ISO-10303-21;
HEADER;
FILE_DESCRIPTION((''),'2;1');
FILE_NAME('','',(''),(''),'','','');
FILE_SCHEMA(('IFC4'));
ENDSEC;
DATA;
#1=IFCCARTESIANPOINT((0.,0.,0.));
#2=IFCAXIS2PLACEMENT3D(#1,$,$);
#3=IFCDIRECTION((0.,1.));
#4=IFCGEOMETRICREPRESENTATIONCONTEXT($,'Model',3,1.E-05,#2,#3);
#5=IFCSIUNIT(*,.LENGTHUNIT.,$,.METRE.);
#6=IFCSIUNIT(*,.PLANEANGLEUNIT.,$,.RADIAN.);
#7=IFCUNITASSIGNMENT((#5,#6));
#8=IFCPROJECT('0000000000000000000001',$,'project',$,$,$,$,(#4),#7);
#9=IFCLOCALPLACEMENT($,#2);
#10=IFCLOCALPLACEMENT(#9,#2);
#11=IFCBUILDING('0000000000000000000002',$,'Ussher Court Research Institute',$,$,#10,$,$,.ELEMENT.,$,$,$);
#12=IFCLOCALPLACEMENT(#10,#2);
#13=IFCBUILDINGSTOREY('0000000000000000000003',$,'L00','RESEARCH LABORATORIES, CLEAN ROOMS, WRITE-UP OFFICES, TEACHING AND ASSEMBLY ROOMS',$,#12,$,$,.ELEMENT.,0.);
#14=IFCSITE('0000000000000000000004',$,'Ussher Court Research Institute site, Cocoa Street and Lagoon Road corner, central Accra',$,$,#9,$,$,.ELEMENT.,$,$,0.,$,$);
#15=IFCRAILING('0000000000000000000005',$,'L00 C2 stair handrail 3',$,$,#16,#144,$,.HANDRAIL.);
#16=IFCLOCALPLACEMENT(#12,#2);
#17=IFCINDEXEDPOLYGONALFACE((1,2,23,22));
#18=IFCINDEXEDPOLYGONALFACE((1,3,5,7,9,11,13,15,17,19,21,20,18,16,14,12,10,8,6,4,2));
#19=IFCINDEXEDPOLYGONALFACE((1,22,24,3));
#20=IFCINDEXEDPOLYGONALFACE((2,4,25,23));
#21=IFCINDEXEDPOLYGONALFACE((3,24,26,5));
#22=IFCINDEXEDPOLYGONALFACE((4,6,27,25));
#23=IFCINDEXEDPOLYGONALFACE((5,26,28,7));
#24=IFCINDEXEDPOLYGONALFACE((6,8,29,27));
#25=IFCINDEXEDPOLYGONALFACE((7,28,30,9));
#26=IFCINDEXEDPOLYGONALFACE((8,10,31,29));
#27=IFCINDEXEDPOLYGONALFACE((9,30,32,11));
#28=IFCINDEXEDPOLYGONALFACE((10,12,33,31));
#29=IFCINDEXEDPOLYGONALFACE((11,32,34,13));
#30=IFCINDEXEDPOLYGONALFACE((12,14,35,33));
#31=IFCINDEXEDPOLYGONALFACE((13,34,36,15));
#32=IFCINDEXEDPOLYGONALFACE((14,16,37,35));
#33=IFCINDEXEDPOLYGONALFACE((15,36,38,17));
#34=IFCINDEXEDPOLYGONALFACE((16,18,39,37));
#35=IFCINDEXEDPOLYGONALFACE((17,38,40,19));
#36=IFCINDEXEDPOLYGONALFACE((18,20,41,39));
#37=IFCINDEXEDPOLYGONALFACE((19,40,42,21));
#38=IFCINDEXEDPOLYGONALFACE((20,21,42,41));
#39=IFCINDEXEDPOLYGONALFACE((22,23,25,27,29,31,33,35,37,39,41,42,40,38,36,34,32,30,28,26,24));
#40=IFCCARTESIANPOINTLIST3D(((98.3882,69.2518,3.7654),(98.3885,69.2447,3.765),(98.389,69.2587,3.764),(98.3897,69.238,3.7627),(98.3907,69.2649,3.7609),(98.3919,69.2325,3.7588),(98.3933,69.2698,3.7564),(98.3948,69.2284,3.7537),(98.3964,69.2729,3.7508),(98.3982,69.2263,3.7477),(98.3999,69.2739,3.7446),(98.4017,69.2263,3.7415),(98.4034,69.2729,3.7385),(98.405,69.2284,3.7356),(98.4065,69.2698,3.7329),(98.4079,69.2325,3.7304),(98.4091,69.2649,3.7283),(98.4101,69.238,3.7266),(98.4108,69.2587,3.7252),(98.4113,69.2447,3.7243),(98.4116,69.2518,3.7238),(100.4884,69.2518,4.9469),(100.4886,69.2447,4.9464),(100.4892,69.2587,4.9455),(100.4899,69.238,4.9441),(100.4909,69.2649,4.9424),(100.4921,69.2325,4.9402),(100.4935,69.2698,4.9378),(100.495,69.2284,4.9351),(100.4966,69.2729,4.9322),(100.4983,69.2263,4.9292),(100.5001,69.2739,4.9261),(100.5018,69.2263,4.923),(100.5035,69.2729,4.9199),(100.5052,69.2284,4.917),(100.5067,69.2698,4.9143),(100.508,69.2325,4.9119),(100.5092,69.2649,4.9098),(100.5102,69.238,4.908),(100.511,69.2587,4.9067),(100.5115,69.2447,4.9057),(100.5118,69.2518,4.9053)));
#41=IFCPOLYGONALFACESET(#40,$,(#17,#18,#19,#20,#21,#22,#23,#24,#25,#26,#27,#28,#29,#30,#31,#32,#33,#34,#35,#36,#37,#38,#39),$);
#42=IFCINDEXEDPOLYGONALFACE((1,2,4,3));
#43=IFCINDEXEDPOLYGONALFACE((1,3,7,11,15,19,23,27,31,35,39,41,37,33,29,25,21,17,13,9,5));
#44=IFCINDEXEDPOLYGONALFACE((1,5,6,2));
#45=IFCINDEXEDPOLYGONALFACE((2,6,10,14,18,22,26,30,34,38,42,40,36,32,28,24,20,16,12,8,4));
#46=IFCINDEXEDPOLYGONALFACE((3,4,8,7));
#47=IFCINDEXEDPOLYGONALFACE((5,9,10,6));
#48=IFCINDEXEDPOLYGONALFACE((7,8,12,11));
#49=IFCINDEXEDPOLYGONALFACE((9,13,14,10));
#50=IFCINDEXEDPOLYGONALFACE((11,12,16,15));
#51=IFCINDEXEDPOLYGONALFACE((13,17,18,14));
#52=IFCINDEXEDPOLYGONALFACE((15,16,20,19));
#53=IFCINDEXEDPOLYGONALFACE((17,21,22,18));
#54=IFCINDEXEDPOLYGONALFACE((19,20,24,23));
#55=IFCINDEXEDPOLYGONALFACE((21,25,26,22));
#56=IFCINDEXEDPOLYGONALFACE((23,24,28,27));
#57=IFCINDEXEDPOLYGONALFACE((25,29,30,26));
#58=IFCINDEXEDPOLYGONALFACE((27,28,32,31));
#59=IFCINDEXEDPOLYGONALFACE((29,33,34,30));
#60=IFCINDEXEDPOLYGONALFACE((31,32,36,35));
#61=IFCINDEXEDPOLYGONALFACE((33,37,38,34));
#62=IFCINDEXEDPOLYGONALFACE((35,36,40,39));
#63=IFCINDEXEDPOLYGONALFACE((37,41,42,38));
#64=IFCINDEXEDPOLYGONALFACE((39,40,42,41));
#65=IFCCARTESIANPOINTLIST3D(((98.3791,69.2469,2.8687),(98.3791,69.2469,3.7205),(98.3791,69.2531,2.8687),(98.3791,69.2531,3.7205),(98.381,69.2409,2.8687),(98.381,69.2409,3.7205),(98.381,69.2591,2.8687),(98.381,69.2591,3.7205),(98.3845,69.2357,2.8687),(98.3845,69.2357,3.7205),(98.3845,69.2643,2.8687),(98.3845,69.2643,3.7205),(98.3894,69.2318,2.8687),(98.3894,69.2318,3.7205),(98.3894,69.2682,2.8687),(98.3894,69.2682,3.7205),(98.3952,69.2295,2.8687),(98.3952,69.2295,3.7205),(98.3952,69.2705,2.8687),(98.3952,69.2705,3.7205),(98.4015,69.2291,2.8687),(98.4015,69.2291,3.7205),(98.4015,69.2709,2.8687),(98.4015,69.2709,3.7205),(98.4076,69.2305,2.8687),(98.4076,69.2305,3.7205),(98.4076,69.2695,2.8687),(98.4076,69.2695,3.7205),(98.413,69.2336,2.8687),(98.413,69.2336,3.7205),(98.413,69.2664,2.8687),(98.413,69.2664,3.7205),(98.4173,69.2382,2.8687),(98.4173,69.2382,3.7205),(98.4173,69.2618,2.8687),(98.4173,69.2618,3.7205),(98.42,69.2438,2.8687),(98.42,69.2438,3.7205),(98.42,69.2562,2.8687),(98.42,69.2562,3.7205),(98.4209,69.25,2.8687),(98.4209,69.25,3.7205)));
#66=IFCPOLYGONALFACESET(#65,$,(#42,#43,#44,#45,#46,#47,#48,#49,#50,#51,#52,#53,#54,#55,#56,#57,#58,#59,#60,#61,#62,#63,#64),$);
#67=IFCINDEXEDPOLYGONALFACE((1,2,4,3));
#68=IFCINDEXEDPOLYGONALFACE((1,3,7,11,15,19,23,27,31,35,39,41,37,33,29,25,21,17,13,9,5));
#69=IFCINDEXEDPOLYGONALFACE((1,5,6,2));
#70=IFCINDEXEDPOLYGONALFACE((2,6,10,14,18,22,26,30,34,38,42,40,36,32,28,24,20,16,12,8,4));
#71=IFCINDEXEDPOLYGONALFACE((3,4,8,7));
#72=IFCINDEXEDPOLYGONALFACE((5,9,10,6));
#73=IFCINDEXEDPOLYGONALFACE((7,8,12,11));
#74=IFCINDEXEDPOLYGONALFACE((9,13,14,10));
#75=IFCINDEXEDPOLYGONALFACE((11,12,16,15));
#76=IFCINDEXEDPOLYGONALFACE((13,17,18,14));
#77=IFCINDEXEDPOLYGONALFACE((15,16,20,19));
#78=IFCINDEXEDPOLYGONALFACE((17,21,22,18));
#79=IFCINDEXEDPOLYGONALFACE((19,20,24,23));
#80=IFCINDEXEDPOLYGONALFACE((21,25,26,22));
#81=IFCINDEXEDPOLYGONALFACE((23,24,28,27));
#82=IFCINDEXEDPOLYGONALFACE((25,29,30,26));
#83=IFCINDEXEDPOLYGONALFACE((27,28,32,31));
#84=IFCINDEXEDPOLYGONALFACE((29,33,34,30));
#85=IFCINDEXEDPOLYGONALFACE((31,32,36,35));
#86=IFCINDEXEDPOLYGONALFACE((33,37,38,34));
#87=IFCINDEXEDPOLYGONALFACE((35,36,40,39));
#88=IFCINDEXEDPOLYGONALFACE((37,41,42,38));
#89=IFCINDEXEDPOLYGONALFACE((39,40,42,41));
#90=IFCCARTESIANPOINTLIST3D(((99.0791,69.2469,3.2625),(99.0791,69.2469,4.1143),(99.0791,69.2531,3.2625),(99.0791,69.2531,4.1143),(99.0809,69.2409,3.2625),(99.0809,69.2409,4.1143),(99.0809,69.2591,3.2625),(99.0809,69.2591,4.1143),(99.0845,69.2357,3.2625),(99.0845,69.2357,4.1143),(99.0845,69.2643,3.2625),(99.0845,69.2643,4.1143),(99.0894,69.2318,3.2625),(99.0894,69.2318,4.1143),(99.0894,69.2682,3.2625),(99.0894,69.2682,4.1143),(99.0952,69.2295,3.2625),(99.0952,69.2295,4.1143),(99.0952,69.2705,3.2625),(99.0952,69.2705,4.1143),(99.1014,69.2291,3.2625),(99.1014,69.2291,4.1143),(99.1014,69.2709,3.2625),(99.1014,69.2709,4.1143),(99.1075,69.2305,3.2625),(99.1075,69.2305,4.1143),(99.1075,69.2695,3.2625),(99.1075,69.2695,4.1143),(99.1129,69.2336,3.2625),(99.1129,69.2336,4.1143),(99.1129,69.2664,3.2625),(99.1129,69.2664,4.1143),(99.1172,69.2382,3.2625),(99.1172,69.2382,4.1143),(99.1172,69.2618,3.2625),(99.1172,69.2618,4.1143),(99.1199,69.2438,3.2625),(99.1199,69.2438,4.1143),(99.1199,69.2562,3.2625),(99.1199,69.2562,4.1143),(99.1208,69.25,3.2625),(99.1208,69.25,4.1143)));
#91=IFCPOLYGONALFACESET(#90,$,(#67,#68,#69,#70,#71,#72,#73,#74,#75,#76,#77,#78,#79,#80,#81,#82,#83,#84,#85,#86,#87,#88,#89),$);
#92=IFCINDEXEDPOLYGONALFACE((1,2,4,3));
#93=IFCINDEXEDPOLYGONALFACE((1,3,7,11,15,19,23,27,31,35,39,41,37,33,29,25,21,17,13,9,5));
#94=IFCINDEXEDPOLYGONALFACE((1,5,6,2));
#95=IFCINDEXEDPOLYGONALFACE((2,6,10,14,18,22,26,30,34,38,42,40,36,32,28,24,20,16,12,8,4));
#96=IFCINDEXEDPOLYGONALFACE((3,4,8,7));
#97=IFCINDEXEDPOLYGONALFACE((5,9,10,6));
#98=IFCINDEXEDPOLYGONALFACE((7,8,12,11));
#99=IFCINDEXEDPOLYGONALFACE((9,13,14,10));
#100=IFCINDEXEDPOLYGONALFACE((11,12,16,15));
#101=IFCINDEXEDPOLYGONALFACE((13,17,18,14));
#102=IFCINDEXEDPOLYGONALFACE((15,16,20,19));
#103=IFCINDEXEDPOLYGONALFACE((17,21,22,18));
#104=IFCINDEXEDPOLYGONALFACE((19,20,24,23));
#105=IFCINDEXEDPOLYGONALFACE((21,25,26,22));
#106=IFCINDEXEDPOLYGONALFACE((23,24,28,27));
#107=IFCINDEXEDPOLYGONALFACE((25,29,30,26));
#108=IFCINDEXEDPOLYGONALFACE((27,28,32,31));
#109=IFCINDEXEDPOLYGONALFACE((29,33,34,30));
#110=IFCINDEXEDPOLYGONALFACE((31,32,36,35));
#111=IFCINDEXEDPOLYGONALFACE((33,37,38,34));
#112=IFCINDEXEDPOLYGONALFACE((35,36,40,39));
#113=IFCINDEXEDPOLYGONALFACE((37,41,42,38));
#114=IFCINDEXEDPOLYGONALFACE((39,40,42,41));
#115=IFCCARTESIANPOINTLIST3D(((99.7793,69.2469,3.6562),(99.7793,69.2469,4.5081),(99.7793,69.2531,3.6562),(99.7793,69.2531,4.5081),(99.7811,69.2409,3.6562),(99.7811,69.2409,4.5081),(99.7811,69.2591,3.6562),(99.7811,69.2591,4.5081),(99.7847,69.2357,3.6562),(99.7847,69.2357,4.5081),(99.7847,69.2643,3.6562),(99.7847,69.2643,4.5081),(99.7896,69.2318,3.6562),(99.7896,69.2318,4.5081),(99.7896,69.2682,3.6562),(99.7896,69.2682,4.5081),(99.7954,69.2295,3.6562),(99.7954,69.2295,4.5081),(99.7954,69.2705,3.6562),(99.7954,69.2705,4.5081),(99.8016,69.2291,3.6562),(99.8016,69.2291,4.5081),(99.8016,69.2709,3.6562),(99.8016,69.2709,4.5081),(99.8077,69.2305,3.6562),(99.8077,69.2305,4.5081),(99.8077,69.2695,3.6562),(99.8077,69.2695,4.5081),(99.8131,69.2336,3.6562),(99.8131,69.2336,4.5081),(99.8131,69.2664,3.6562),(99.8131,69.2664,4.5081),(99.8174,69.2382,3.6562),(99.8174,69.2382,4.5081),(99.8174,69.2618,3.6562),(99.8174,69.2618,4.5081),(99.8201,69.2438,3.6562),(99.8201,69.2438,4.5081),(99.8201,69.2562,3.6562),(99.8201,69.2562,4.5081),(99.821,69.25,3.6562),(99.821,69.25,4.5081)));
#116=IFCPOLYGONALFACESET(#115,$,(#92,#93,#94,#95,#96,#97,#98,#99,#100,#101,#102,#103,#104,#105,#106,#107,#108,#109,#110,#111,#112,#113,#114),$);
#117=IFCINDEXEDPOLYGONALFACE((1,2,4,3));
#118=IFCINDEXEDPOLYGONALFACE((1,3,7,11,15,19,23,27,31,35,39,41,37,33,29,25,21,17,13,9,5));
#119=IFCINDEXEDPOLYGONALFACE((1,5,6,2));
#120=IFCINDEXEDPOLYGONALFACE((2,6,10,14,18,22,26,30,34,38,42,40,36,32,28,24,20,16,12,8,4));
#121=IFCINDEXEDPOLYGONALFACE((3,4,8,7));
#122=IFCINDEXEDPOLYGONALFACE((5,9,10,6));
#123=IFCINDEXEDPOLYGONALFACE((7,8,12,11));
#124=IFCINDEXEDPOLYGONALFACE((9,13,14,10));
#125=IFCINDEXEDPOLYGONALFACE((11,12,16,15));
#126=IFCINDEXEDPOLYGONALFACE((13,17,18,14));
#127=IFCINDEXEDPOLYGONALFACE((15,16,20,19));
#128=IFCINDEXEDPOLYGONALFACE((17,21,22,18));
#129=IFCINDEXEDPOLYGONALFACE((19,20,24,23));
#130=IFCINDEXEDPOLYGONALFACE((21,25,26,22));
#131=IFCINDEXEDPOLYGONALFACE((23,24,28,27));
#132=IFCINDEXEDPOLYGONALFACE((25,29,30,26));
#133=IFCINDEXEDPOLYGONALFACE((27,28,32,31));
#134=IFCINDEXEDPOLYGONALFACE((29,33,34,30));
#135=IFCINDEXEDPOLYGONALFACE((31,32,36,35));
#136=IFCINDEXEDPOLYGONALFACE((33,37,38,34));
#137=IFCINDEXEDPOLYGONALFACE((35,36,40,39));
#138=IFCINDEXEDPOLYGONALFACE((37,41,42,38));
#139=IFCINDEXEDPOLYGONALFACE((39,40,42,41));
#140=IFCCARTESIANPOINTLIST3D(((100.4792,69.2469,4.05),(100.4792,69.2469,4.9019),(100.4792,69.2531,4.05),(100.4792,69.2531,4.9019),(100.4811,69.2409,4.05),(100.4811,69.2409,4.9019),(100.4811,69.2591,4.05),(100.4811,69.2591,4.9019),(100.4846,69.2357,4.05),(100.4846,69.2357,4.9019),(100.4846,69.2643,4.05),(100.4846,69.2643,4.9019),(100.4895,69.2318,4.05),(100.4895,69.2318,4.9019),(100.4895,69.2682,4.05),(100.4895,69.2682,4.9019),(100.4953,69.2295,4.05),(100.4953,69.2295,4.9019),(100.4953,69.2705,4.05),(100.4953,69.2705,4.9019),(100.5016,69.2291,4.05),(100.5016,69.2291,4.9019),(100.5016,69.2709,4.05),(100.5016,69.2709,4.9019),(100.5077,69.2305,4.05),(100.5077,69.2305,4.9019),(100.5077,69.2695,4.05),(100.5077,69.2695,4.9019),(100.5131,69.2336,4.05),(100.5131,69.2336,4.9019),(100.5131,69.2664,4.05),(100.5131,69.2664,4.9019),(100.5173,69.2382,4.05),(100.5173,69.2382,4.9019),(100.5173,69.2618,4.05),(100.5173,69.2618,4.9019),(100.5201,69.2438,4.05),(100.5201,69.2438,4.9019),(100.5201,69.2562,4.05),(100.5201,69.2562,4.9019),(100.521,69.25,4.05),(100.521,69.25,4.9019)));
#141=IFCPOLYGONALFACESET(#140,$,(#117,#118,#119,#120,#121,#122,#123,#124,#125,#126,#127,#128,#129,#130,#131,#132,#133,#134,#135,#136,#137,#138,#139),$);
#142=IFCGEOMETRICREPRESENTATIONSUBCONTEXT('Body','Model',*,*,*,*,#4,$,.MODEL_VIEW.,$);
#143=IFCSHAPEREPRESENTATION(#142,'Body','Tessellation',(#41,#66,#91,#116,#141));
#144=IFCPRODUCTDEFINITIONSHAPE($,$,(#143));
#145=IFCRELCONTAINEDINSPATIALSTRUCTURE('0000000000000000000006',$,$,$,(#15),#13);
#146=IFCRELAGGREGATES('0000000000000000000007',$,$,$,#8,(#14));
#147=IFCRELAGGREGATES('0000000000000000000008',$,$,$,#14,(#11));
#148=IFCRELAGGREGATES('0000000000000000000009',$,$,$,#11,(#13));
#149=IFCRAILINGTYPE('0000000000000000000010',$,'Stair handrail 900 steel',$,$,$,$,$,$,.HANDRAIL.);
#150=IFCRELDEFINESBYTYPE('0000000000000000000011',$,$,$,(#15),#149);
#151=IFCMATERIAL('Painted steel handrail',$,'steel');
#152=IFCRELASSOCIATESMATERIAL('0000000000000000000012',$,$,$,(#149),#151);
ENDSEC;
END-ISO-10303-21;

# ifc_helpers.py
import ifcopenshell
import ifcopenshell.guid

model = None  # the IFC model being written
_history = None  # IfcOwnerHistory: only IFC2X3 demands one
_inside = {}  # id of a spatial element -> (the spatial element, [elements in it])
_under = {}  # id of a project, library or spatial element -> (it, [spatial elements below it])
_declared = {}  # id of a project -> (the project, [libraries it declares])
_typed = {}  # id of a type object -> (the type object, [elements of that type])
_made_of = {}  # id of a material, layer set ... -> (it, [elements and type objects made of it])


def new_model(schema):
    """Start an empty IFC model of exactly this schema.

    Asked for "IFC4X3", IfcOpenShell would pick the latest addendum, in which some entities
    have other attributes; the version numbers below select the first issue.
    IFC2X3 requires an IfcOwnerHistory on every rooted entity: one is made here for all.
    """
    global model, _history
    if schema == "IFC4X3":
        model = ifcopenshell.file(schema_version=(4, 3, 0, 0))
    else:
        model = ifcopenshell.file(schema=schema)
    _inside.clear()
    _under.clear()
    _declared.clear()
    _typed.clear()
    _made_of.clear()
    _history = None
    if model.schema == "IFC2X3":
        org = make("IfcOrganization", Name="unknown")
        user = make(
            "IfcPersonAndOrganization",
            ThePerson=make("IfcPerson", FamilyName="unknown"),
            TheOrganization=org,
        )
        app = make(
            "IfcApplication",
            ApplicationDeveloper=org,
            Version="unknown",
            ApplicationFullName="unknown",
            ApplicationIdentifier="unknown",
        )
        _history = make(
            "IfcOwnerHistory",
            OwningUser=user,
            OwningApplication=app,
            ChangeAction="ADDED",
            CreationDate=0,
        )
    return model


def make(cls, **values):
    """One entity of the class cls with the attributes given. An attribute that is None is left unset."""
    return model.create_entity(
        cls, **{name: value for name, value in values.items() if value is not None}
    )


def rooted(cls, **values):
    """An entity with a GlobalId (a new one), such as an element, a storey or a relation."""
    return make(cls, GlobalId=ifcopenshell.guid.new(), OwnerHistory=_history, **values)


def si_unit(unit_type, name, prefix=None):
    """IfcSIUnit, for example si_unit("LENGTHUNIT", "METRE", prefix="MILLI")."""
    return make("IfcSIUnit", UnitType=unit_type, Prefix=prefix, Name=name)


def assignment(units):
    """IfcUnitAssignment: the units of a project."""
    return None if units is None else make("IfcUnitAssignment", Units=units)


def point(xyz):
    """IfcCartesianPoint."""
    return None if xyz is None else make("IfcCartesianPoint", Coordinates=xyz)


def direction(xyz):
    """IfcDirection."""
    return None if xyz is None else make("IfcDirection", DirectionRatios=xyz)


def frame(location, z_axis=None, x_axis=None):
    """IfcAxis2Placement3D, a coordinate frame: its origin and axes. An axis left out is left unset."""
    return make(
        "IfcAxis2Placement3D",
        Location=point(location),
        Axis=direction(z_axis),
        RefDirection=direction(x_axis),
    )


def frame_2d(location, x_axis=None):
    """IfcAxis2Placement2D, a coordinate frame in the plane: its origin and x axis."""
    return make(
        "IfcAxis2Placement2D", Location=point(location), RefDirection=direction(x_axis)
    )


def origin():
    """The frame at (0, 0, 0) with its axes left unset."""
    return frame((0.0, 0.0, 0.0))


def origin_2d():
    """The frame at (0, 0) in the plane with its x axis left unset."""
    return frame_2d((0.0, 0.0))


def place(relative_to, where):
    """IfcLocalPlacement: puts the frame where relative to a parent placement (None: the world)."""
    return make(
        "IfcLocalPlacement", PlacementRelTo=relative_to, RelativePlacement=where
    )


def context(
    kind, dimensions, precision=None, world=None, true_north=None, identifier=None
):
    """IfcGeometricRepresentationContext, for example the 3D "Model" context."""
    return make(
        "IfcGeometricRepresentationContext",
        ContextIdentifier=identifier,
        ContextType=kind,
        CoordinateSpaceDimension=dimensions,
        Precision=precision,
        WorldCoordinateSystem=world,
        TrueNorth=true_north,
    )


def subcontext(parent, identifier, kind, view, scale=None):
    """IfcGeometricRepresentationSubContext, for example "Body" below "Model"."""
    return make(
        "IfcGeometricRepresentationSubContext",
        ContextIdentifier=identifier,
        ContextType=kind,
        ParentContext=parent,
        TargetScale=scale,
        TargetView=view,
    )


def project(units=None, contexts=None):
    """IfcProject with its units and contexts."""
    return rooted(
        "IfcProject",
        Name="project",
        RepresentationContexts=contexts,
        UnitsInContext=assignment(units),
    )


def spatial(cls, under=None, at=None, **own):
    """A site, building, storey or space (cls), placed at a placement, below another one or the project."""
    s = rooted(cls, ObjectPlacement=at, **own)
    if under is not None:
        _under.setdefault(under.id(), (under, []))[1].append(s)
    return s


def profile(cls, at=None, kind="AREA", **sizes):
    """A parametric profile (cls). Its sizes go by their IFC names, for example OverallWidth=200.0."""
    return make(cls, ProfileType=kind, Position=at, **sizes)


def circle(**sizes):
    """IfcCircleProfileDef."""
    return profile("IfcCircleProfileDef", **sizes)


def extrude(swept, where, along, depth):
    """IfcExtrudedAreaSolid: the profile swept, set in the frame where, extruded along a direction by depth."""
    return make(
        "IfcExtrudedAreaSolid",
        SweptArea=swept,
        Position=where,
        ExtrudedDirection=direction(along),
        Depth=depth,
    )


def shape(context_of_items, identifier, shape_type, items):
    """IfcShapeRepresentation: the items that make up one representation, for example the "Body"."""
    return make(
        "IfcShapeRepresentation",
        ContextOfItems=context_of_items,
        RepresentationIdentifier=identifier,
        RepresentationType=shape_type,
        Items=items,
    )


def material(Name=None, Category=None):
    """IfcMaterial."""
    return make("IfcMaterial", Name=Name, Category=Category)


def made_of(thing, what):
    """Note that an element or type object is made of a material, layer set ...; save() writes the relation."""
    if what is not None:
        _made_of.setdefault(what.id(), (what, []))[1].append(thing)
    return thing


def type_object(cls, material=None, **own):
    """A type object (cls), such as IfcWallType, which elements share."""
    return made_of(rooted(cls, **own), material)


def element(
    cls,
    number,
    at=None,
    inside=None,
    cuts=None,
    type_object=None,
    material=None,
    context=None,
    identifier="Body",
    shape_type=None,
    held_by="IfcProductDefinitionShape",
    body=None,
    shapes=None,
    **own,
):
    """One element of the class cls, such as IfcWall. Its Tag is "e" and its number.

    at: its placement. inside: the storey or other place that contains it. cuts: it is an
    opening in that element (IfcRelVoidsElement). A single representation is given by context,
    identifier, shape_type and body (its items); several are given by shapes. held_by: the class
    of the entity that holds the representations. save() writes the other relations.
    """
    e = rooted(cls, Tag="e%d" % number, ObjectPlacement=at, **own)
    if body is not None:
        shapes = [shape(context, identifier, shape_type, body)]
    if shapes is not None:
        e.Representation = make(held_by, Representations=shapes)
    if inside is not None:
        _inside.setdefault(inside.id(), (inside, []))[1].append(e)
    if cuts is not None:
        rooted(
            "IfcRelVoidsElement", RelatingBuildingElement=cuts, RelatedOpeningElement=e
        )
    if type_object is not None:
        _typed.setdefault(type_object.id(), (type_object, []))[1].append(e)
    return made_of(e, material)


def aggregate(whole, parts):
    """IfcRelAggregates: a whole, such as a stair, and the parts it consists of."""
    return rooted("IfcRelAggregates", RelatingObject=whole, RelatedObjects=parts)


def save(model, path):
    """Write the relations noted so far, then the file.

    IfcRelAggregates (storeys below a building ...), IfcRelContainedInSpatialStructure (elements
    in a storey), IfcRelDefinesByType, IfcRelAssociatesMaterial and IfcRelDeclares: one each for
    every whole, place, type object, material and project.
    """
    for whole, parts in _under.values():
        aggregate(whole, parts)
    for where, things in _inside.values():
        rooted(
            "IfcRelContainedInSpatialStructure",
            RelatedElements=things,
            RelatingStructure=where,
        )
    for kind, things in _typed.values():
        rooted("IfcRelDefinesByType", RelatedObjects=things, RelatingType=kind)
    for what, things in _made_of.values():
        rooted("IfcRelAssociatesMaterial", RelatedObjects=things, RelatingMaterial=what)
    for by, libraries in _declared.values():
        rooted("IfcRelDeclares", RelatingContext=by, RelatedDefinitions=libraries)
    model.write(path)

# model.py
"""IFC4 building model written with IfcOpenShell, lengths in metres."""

from ifc_helpers import new_model, si_unit, direction, frame, origin, origin_2d, place, context, subcontext, project, spatial, circle, extrude, material, type_object, element, save


model = new_model("IFC4")

# Units and contexts
model_context = context("Model", 3, precision=1e-05, world=origin(), true_north=direction((0.0, 1.0)))
body_context = subcontext(model_context, "Body", "Model", "MODEL_VIEW")
ifc_project = project(units=[si_unit("LENGTHUNIT", "METRE"), si_unit("PLANEANGLEUNIT", "RADIAN")], contexts=[model_context])

# Site, building, storey
site_placement = place(None, origin())
site = spatial("IfcSite", under=ifc_project, at=site_placement, Name="Ussher Court Research Institute site, Cocoa Street and Lagoon Road corner, central Accra", CompositionType="ELEMENT", RefElevation=0.0)
building_placement = place(site_placement, origin())
building = spatial("IfcBuilding", under=site, at=building_placement, Name="Ussher Court Research Institute", CompositionType="ELEMENT")
storey_placement = place(building_placement, origin())
storey = spatial("IfcBuildingStorey", under=building, at=storey_placement, Name="L00", Description="RESEARCH LABORATORIES, CLEAN ROOMS, WRITE-UP OFFICES, TEACHING AND ASSEMBLY ROOMS", CompositionType="ELEMENT", Elevation=0.0)

# Railing
ifc_material_1 = material(Name="Painted steel handrail", Category="steel")
railing_type = type_object("IfcRailingType", Name="Stair handrail 900 steel", PredefinedType="HANDRAIL", material=ifc_material_1)
for number, where, name in (
    (1, (98.3999, 69.25, 2.8687), "L00 C2 stair handrail 3"),
):
    element("IfcRailing", number, at=place(storey_placement, frame(where)), inside=storey, type_object=railing_type, Name=name, PredefinedType="HANDRAIL", context=body_context, shape_type="SweptSolid", body=[
        extrude(circle(Radius=0.0239, at=origin_2d()), frame((0.0, 0.0, 0.876), z_axis=(0.871559, 0.0, 0.49029), x_axis=(0.0, 1.0, 0.0)), (0.0, 0.0, 1.0), 2.4097),
        extrude(circle(Radius=0.021, at=origin_2d()), origin(), (0.0, 0.0, 1.0), 0.8518),
        extrude(circle(Radius=0.021, at=origin_2d()), frame((0.7, 0.0, 0.3938)), (0.0, 0.0, 1.0), 0.8518),
        extrude(circle(Radius=0.021, at=origin_2d()), frame((1.4001, 0.0, 0.7876)), (0.0, 0.0, 1.0), 0.8518),
        extrude(circle(Radius=0.021, at=origin_2d()), frame((2.1001, 0.0, 1.1814)), (0.0, 0.0, 1.0), 0.8518),
    ])

save(model, "model.ifc")
